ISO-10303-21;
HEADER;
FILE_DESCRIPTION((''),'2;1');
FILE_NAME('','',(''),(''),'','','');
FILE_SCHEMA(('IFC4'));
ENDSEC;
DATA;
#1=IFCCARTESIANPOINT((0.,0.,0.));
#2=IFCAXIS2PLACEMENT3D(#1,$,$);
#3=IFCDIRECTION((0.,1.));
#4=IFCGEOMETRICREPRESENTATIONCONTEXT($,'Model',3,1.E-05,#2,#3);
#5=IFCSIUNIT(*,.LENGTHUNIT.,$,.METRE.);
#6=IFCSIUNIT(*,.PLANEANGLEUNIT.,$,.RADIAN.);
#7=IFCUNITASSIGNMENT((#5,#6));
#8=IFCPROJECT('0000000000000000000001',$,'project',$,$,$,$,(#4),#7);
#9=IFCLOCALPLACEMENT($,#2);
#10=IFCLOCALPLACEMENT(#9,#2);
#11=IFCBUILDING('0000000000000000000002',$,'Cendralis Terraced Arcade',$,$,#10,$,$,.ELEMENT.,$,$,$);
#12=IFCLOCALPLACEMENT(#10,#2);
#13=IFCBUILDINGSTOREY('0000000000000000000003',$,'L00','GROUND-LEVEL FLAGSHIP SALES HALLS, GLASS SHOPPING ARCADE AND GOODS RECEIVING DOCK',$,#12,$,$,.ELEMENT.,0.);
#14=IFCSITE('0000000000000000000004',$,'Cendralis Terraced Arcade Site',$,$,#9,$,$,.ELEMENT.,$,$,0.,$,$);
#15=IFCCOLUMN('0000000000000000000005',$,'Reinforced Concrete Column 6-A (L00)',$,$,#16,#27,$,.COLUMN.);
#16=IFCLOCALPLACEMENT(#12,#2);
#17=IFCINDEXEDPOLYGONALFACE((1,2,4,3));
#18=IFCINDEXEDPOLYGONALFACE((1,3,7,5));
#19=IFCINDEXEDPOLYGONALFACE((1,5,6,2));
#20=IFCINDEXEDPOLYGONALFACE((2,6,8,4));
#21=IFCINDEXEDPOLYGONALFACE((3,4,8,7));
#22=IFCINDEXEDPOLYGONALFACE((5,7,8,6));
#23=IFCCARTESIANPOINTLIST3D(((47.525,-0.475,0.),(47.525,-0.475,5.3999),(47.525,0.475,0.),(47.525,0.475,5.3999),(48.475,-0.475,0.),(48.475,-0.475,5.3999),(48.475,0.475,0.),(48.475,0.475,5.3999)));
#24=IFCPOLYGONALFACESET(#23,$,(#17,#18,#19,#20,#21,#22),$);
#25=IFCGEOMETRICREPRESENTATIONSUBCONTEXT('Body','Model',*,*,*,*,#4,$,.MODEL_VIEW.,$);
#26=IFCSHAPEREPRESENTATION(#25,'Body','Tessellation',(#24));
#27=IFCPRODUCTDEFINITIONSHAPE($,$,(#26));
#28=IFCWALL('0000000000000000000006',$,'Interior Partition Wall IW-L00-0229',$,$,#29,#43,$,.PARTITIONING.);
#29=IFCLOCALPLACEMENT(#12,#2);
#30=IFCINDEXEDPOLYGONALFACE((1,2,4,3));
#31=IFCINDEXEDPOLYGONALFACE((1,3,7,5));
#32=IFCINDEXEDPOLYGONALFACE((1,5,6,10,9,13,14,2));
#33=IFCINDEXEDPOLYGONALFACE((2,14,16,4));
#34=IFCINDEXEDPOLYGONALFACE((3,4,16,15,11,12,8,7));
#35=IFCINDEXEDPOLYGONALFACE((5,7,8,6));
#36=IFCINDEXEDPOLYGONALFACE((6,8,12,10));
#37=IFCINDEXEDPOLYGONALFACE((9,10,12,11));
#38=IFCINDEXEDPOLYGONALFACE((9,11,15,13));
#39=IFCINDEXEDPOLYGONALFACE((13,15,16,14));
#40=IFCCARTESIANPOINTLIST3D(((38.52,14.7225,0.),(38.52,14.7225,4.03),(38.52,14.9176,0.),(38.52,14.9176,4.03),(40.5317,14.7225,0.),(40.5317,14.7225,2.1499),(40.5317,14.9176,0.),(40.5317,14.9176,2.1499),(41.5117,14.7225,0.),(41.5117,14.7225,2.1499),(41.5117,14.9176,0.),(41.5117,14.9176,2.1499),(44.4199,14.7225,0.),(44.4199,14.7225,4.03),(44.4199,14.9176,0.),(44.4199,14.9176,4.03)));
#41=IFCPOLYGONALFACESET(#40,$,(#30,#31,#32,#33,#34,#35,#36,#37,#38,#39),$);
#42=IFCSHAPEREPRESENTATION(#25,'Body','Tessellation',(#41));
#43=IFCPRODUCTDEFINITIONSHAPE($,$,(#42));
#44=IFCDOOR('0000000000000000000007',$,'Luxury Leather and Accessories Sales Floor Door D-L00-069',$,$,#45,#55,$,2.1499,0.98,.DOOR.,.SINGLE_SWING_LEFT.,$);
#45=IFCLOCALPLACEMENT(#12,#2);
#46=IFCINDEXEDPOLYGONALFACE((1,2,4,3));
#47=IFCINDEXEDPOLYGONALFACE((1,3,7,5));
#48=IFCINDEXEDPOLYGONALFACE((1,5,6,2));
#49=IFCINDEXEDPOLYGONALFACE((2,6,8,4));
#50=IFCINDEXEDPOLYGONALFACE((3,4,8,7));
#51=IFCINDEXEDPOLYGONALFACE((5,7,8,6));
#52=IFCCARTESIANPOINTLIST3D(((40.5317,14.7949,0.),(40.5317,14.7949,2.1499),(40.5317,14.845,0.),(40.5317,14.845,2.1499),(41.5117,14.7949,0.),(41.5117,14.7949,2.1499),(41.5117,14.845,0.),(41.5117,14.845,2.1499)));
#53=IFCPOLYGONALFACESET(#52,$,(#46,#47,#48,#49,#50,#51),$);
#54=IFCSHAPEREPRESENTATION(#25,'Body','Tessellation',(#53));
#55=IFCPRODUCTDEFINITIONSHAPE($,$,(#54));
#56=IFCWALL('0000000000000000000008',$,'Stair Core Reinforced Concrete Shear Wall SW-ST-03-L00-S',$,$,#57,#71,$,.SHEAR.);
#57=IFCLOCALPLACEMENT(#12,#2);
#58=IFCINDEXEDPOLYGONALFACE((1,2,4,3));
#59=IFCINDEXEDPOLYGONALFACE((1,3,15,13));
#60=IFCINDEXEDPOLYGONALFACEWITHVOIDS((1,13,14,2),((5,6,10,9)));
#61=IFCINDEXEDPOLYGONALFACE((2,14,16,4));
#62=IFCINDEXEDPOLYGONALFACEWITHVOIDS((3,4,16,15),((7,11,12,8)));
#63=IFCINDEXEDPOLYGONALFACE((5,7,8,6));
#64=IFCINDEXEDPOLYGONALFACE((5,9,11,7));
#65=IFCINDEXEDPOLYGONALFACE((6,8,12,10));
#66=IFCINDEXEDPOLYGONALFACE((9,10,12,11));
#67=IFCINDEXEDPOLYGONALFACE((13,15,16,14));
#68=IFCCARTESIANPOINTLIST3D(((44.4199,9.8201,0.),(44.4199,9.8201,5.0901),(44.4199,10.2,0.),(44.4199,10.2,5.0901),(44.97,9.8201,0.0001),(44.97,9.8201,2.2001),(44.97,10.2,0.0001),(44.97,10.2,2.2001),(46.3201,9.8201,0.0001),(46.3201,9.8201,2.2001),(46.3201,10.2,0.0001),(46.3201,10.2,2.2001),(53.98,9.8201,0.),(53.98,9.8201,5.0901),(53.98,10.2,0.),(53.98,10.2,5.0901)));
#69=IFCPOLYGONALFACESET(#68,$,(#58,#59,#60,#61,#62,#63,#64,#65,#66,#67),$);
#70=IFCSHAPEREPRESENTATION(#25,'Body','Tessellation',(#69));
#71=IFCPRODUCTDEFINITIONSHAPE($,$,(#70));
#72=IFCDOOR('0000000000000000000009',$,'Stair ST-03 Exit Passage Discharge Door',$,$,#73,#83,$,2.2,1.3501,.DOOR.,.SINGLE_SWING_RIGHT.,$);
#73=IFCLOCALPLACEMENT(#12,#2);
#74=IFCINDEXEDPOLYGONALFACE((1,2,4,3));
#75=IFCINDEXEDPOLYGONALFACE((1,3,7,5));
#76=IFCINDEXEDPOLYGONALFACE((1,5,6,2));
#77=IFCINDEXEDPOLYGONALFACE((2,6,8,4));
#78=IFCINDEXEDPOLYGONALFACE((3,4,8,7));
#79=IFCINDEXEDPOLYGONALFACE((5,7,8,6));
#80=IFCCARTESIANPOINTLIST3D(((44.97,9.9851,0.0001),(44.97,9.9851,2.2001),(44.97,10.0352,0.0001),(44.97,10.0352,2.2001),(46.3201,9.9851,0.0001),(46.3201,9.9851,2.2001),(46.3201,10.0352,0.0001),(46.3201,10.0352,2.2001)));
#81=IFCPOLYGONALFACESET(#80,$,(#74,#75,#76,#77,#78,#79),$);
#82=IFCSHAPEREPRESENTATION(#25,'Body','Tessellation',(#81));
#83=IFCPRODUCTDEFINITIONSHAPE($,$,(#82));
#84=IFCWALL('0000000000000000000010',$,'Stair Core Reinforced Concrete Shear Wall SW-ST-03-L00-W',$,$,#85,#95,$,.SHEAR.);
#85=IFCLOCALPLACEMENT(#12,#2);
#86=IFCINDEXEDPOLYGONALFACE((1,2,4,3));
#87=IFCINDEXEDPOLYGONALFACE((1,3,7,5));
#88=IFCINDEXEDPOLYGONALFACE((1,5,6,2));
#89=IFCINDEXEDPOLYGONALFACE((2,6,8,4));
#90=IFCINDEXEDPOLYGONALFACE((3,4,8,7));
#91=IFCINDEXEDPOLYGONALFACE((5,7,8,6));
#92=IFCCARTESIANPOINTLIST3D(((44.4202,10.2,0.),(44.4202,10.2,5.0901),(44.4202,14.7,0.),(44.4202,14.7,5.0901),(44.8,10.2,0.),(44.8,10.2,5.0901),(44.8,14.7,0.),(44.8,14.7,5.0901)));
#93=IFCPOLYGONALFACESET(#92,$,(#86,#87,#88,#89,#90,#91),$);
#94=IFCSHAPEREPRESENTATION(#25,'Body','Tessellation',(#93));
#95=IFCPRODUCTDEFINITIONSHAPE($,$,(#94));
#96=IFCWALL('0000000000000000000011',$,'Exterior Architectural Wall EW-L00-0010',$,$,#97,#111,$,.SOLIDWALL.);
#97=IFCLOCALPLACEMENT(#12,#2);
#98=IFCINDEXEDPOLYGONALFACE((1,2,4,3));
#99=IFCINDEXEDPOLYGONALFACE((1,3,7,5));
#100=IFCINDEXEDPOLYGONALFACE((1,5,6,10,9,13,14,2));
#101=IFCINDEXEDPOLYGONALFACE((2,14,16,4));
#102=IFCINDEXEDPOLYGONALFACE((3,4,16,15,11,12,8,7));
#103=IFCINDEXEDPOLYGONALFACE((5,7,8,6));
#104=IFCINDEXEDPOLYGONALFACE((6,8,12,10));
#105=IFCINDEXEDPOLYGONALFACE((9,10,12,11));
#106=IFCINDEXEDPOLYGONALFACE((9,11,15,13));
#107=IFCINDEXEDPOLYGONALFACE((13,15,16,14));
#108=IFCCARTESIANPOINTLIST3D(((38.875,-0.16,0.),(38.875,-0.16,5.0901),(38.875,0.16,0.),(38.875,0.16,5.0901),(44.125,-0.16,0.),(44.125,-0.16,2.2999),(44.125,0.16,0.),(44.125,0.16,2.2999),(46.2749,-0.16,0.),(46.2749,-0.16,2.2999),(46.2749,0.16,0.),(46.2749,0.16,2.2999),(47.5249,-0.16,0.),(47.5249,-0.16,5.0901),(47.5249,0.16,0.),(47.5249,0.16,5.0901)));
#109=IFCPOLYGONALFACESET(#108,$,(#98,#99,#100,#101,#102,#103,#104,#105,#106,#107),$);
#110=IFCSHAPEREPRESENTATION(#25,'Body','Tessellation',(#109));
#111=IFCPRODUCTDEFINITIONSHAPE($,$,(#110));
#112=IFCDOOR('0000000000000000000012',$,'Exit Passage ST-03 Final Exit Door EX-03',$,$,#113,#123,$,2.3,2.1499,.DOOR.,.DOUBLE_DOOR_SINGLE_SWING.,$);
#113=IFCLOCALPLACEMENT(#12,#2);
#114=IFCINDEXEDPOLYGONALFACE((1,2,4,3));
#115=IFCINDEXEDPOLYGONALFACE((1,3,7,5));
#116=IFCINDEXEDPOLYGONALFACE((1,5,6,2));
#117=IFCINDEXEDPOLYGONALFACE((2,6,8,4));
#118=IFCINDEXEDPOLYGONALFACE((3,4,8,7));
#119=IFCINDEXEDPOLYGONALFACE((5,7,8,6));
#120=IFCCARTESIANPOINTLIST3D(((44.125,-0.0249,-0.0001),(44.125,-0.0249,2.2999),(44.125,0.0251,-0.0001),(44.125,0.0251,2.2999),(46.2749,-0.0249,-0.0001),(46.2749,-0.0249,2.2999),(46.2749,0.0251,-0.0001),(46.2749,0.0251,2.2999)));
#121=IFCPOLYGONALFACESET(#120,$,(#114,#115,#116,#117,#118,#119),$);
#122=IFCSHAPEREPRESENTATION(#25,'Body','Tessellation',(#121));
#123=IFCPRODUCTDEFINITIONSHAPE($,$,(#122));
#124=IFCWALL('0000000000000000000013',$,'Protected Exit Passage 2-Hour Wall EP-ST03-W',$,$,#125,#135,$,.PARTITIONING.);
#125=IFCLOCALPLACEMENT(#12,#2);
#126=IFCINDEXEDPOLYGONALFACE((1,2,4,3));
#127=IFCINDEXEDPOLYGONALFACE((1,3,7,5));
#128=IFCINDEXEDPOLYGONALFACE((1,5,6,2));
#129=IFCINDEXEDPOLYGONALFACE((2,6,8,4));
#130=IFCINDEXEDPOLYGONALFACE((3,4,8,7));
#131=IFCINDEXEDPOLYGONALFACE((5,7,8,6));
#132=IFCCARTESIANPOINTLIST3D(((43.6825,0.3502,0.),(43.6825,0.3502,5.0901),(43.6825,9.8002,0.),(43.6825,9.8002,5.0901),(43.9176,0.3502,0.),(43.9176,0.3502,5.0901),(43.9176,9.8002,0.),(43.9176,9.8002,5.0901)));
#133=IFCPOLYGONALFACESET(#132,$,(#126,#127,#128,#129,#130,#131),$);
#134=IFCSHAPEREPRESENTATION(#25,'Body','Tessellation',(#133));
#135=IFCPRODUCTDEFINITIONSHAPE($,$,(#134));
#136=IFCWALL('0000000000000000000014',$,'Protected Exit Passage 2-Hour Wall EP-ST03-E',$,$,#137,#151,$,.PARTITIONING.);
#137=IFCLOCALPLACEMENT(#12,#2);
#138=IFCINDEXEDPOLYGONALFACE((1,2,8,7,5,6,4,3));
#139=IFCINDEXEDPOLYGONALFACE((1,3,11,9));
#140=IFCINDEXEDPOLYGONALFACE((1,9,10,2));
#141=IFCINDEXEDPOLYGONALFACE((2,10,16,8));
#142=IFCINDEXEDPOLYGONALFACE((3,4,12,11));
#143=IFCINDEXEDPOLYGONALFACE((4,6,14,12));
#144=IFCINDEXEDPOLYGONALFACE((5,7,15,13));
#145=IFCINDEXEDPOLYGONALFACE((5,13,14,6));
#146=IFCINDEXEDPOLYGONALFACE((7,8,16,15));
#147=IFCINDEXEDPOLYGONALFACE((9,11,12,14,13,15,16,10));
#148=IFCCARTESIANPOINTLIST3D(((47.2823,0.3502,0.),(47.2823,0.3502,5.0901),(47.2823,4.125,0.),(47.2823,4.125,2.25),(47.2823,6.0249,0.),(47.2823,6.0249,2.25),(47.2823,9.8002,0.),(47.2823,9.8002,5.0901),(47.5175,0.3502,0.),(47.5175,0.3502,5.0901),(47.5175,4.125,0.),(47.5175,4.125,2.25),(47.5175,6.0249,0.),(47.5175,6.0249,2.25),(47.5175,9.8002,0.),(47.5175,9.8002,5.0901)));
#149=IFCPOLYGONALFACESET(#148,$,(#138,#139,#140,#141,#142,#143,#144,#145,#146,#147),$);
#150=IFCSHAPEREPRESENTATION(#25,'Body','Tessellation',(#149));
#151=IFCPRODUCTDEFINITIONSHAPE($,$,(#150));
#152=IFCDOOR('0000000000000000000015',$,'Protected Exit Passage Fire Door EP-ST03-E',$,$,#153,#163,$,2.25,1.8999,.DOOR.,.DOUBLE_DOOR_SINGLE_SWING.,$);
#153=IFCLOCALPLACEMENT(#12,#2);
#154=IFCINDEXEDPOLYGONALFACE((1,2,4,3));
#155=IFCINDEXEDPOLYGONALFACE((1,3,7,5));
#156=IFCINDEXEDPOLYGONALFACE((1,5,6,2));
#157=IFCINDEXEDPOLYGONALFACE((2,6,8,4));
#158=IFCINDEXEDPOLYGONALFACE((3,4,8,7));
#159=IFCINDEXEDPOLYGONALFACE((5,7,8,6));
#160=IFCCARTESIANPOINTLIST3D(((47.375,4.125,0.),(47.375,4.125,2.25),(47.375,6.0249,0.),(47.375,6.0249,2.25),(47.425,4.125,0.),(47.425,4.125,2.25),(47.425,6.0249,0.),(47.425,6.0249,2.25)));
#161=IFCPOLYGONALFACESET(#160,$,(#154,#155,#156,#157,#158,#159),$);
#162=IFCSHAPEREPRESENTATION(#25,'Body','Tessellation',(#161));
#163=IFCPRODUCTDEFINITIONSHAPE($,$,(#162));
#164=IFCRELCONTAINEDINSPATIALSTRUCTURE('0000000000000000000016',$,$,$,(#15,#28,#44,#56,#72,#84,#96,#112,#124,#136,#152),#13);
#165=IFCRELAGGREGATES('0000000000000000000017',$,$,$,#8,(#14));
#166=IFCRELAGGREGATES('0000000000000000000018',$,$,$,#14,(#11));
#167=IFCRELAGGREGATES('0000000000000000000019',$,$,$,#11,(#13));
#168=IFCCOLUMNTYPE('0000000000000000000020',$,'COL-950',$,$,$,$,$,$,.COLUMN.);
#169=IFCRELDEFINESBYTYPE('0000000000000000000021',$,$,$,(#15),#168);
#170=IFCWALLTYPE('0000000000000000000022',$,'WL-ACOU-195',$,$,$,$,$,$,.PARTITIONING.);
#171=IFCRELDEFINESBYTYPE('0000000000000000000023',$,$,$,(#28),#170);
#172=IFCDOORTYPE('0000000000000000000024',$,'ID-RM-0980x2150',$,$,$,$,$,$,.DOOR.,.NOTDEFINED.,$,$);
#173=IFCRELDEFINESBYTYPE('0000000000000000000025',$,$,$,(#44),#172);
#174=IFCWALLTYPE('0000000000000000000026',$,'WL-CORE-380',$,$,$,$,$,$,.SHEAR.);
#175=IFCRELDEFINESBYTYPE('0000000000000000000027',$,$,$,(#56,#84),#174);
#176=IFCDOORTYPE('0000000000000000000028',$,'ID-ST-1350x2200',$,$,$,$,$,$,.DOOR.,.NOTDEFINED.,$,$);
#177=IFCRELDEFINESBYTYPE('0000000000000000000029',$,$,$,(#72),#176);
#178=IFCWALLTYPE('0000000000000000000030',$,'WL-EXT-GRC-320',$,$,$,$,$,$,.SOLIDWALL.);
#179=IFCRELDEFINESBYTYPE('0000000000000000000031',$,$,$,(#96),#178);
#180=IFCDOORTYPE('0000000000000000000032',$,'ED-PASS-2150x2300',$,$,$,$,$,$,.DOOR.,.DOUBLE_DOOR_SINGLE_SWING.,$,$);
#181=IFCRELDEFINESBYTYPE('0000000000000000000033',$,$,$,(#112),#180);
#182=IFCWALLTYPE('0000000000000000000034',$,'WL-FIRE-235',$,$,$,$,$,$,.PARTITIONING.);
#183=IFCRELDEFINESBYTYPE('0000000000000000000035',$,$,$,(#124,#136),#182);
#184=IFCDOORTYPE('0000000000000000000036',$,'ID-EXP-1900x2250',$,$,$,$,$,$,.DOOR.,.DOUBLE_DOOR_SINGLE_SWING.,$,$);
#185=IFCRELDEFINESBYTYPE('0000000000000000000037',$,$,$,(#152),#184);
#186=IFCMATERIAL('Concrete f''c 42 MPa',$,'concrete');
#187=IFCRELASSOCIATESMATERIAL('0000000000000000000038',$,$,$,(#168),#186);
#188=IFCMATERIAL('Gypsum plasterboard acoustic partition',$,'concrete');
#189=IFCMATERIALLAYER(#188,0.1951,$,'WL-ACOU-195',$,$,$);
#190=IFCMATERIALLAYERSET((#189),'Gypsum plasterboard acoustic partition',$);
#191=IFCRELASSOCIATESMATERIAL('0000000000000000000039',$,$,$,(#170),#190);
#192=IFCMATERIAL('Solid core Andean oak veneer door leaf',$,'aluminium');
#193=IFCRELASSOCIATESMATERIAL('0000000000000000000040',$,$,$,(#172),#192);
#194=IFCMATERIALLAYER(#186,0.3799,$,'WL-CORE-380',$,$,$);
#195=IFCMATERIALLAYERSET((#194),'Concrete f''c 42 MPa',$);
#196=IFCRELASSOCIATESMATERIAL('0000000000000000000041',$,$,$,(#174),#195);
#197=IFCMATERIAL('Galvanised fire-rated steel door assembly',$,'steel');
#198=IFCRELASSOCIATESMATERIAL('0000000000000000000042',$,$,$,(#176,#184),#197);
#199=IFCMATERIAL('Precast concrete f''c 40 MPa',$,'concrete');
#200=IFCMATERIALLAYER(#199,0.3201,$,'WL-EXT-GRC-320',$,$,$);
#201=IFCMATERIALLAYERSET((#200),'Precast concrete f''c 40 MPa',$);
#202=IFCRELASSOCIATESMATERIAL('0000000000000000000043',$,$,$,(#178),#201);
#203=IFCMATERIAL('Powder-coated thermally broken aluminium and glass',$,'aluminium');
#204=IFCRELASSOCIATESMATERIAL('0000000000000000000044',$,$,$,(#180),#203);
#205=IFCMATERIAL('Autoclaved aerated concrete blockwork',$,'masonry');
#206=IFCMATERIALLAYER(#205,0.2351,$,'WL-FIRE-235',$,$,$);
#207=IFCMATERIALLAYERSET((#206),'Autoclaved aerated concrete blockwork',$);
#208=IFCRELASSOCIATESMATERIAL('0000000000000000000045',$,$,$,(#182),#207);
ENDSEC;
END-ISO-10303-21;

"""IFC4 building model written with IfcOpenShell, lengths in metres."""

from ifc_helpers import new_model, si_unit, direction, frame, frame_2d, origin, origin_2d, place, context, subcontext, project, spatial, rectangle, extrude, material, layer, layer_set, material_profile, profile_set, type_object, element, fill, save


model = new_model("IFC4")

# Units and contexts
model_context = context("Model", 3, precision=1e-05, world=origin(), true_north=direction((0.0, 1.0)))
body_context = subcontext(model_context, "Body", "Model", "MODEL_VIEW")
ifc_project = project(units=[si_unit("LENGTHUNIT", "METRE"), si_unit("PLANEANGLEUNIT", "RADIAN")], contexts=[model_context])

# Site, building, storey
site_placement = place(None, origin())
site = spatial("IfcSite", under=ifc_project, at=site_placement, Name="Cendralis Terraced Arcade Site", CompositionType="ELEMENT", RefElevation=0.0)
building_placement = place(site_placement, origin())
building = spatial("IfcBuilding", under=site, at=building_placement, Name="Cendralis Terraced Arcade", CompositionType="ELEMENT")
storey_placement = place(building_placement, origin())
storey = spatial("IfcBuildingStorey", under=building, at=storey_placement, Name="L00", Description="GROUND-LEVEL FLAGSHIP SALES HALLS, GLASS SHOPPING ARCADE AND GOODS RECEIVING DOCK", CompositionType="ELEMENT", Elevation=0.0)

# Column
ifc_material_1 = material(Name="Concrete f'c 42 MPa", Category="concrete")
ifc_material_profile = material_profile(ifc_material_1, rectangle(XDim=0.95, YDim=0.95, at=origin_2d()), Name="RC-COL-950x950", Category="LoadBearing")
ifc_profile_set = profile_set([ifc_material_profile], Name="Concrete f'c 42 MPa")
column_type = type_object("IfcColumnType", Name="COL-950", PredefinedType="COLUMN", material=ifc_profile_set)
column_placement = place(storey_placement, frame((48.0, 0.0, 0.0), z_axis=(0.0, 0.0, 1.0), x_axis=(1.0, 0.0, 0.0)))
element("IfcColumn", 1, at=column_placement, inside=storey, type_object=column_type, Name="Reinforced Concrete Column 6-A (L00)", PredefinedType="COLUMN", context=body_context, shape_type="SweptSolid", body=[
    extrude(rectangle(XDim=0.95, YDim=0.95, at=origin_2d()), origin(), (0.0, 0.0, 1.0), 5.3999),
])

# Walls, openings, doors
ifc_material_2 = material(Name="Gypsum plasterboard acoustic partition", Category="concrete")
ifc_layer_1 = layer(ifc_material_2, 0.1951, Name="WL-ACOU-195")
ifc_layer_set_1 = layer_set([ifc_layer_1], Name="Gypsum plasterboard acoustic partition")
wall_type_1 = type_object("IfcWallType", Name="WL-ACOU-195", PredefinedType="PARTITIONING", material=ifc_layer_set_1)
wall_1_placement = place(storey_placement, frame((38.52, 14.8201, 0.0), z_axis=(0.0, 0.0, 1.0), x_axis=(1.0, 0.0, 0.0)))
wall_1 = element("IfcWall", 2, at=wall_1_placement, inside=storey, type_object=wall_type_1, Name="Interior Partition Wall IW-L00-0229", PredefinedType="PARTITIONING", context=body_context, shape_type="SweptSolid", body=[
    extrude(rectangle(XDim=5.8999, YDim=0.1951, at=frame_2d((2.95, 0.0))), origin(), (0.0, 0.0, 1.0), 4.03),
])
opening_1_placement = place(wall_1_placement, frame((2.0117, 0.0, 0.0)))
opening_1 = element("IfcOpeningElement", 3, at=opening_1_placement, cuts=wall_1, PredefinedType="OPENING", context=body_context, shape_type="SweptSolid", body=[
    extrude(rectangle(XDim=0.98, YDim=2.1499, at=frame_2d((0.49, 1.075))), frame((0.0, 0.1094, 0.0), z_axis=(0.0, -1.0, 0.0), x_axis=(1.0, 0.0, 0.0)), (0.0, 0.0, 1.0), 0.219),
])
ifc_material_3 = material(Name="Solid core Andean oak veneer door leaf", Category="aluminium")
door_type_1 = type_object("IfcDoorType", Name="ID-RM-0980x2150", OperationType="NOTDEFINED", PredefinedType="DOOR", material=ifc_material_3)
door_1_placement = place(opening_1_placement, origin())
door_1 = element("IfcDoor", 4, at=door_1_placement, inside=storey, type_object=door_type_1, Name="Luxury Leather and Accessories Sales Floor Door D-L00-069", OperationType="SINGLE_SWING_LEFT", OverallHeight=2.1499, OverallWidth=0.98, PredefinedType="DOOR", context=body_context, shape_type="SweptSolid", body=[
    extrude(rectangle(XDim=0.98, YDim=2.1499, at=frame_2d((0.49, 1.075))), frame((0.0, 0.0249, 0.0), z_axis=(0.0, -1.0, 0.0), x_axis=(1.0, 0.0, 0.0)), (0.0, 0.0, 1.0), 0.05),
])
fill(opening_1, door_1)
ifc_layer_2 = layer(ifc_material_1, 0.3799, Name="WL-CORE-380")
ifc_layer_set_2 = layer_set([ifc_layer_2], Name="Concrete f'c 42 MPa")
wall_type_2 = type_object("IfcWallType", Name="WL-CORE-380", PredefinedType="SHEAR", material=ifc_layer_set_2)
wall_2_placement = place(storey_placement, frame((44.4199, 10.01, 0.0), z_axis=(0.0, 0.0, 1.0), x_axis=(1.0, 0.0, 0.0)))
wall_2 = element("IfcWall", 5, at=wall_2_placement, inside=storey, type_object=wall_type_2, Name="Stair Core Reinforced Concrete Shear Wall SW-ST-03-L00-S", PredefinedType="SHEAR", context=body_context, shape_type="SweptSolid", body=[
    extrude(rectangle(XDim=9.5601, YDim=0.3799, at=frame_2d((4.78, 0.0))), origin(), (0.0, 0.0, 1.0), 5.0901),
])
opening_2_placement = place(wall_2_placement, frame((0.55, 0.0, 0.0)))
opening_2 = element("IfcOpeningElement", 6, at=opening_2_placement, cuts=wall_2, PredefinedType="OPENING", context=body_context, shape_type="SweptSolid", body=[
    extrude(rectangle(XDim=1.3501, YDim=2.2, at=frame_2d((0.675, 1.1001))), frame((0.0, 0.2019, 0.0), z_axis=(0.0, -1.0, 0.0), x_axis=(1.0, 0.0, 0.0)), (0.0, 0.0, 1.0), 0.4038),
])
ifc_material_4 = material(Name="Galvanised fire-rated steel door assembly", Category="steel")
door_type_2 = type_object("IfcDoorType", Name="ID-ST-1350x2200", OperationType="NOTDEFINED", PredefinedType="DOOR", material=ifc_material_4)
door_2_placement = place(opening_2_placement, frame((1.3501, 0.0, 0.0), z_axis=(0.0, 0.0, 1.0), x_axis=(-1.0, 0.0, 0.0)))
door_2 = element("IfcDoor", 7, at=door_2_placement, inside=storey, type_object=door_type_2, Name="Stair ST-03 Exit Passage Discharge Door", OperationType="SINGLE_SWING_RIGHT", OverallHeight=2.2, OverallWidth=1.3501, PredefinedType="DOOR", context=body_context, shape_type="SweptSolid", body=[
    extrude(rectangle(XDim=1.3501, YDim=2.2, at=frame_2d((0.675, 1.1001))), frame((0.0, 0.0249, 0.0), z_axis=(0.0, -1.0, 0.0), x_axis=(1.0, 0.0, 0.0)), (0.0, 0.0, 1.0), 0.05),
])
fill(opening_2, door_2)

# Wall
wall_3_placement = place(storey_placement, frame((44.6101, 10.2, 0.0), z_axis=(0.0, 0.0, 1.0), x_axis=(0.0, 1.0, 0.0)))
element("IfcWall", 8, at=wall_3_placement, inside=storey, type_object=wall_type_2, Name="Stair Core Reinforced Concrete Shear Wall SW-ST-03-L00-W", PredefinedType="SHEAR", context=body_context, shape_type="SweptSolid", body=[
    extrude(rectangle(XDim=4.5, YDim=0.3799, at=frame_2d((2.25, 0.0))), origin(), (0.0, 0.0, 1.0), 5.0901),
])

# Wall, opening, door
ifc_material_5 = material(Name="Precast concrete f'c 40 MPa", Category="concrete")
ifc_layer_3 = layer(ifc_material_5, 0.3201, Name="WL-EXT-GRC-320")
ifc_layer_set_3 = layer_set([ifc_layer_3], Name="Precast concrete f'c 40 MPa")
wall_type_3 = type_object("IfcWallType", Name="WL-EXT-GRC-320", PredefinedType="SOLIDWALL", material=ifc_layer_set_3)
wall_4_placement = place(storey_placement, frame((47.5249, 0.0, 0.0), z_axis=(0.0, 0.0, 1.0), x_axis=(-1.0, 0.0, 0.0)))
wall_4 = element("IfcWall", 9, at=wall_4_placement, inside=storey, type_object=wall_type_3, Name="Exterior Architectural Wall EW-L00-0010", PredefinedType="SOLIDWALL", context=body_context, shape_type="SweptSolid", body=[
    extrude(rectangle(XDim=8.6499, YDim=0.3201, at=frame_2d((4.325, 0.0))), origin(), (0.0, 0.0, 1.0), 5.0901),
])
opening_3_placement = place(wall_4_placement, frame((1.25, 0.0, 0.0)))
opening_3 = element("IfcOpeningElement", 10, at=opening_3_placement, cuts=wall_4, PredefinedType="OPENING", context=body_context, shape_type="SweptSolid", body=[
    extrude(rectangle(XDim=2.1499, YDim=2.3, at=frame_2d((1.075, 1.1499))), frame((0.0, 0.1719, 0.0), z_axis=(0.0, -1.0, 0.0), x_axis=(1.0, 0.0, 0.0)), (0.0, 0.0, 1.0), 0.344),
])
ifc_material_6 = material(Name="Powder-coated thermally broken aluminium and glass", Category="aluminium")
door_type_3 = type_object("IfcDoorType", Name="ED-PASS-2150x2300", OperationType="DOUBLE_DOOR_SINGLE_SWING", PredefinedType="DOOR", material=ifc_material_6)
door_3_placement = place(opening_3_placement, origin())
door_3 = element("IfcDoor", 11, at=door_3_placement, inside=storey, type_object=door_type_3, Name="Exit Passage ST-03 Final Exit Door EX-03", OperationType="DOUBLE_DOOR_SINGLE_SWING", OverallHeight=2.3, OverallWidth=2.1499, PredefinedType="DOOR", context=body_context, shape_type="SweptSolid", body=[
    extrude(rectangle(XDim=2.1499, YDim=2.3, at=frame_2d((1.075, 1.1499))), frame((0.0, 0.0249, 0.0), z_axis=(0.0, -1.0, 0.0), x_axis=(1.0, 0.0, 0.0)), (0.0, 0.0, 1.0), 0.05),
])
fill(opening_3, door_3)

# Wall
ifc_material_7 = material(Name="Autoclaved aerated concrete blockwork", Category="masonry")
ifc_layer_4 = layer(ifc_material_7, 0.2351, Name="WL-FIRE-235")
ifc_layer_set_4 = layer_set([ifc_layer_4], Name="Autoclaved aerated concrete blockwork")
wall_type_4 = type_object("IfcWallType", Name="WL-FIRE-235", PredefinedType="PARTITIONING", material=ifc_layer_set_4)
wall_5_placement = place(storey_placement, frame((43.8, 0.3501, 0.0), z_axis=(0.0, 0.0, 1.0), x_axis=(0.0, 1.0, 0.0)))
element("IfcWall", 12, at=wall_5_placement, inside=storey, type_object=wall_type_4, Name="Protected Exit Passage 2-Hour Wall EP-ST03-W", PredefinedType="PARTITIONING", context=body_context, shape_type="SweptSolid", body=[
    extrude(rectangle(XDim=9.45, YDim=0.2351, at=frame_2d((4.7251, 0.0))), origin(), (0.0, 0.0, 1.0), 5.0901),
])

# Wall, opening, door
wall_6_placement = place(storey_placement, frame((47.3999, 0.3501, 0.0), z_axis=(0.0, 0.0, 1.0), x_axis=(0.0, 1.0, 0.0)))
wall_6 = element("IfcWall", 13, at=wall_6_placement, inside=storey, type_object=wall_type_4, Name="Protected Exit Passage 2-Hour Wall EP-ST03-E", PredefinedType="PARTITIONING", context=body_context, shape_type="SweptSolid", body=[
    extrude(rectangle(XDim=9.45, YDim=0.2351, at=frame_2d((4.7251, 0.0))), origin(), (0.0, 0.0, 1.0), 5.0901),
])
opening_4_placement = place(wall_6_placement, frame((3.7749, 0.0, 0.0)))
opening_4 = element("IfcOpeningElement", 14, at=opening_4_placement, cuts=wall_6, PredefinedType="OPENING", context=body_context, shape_type="SweptSolid", body=[
    extrude(rectangle(XDim=1.8999, YDim=2.25, at=frame_2d((0.95, 1.125))), frame((0.0, 0.1294, 0.0), z_axis=(0.0, -1.0, 0.0), x_axis=(1.0, 0.0, 0.0)), (0.0, 0.0, 1.0), 0.259),
])
door_type_4 = type_object("IfcDoorType", Name="ID-EXP-1900x2250", OperationType="DOUBLE_DOOR_SINGLE_SWING", PredefinedType="DOOR", material=ifc_material_4)
door_4_placement = place(opening_4_placement, origin())
door_4 = element("IfcDoor", 15, at=door_4_placement, inside=storey, type_object=door_type_4, Name="Protected Exit Passage Fire Door EP-ST03-E", OperationType="DOUBLE_DOOR_SINGLE_SWING", OverallHeight=2.25, OverallWidth=1.8999, PredefinedType="DOOR", context=body_context, shape_type="SweptSolid", body=[
    extrude(rectangle(XDim=1.8999, YDim=2.25, at=frame_2d((0.95, 1.125))), frame((0.0, 0.0249, 0.0), z_axis=(0.0, -1.0, 0.0), x_axis=(1.0, 0.0, 0.0)), (0.0, 0.0, 1.0), 0.05),
])
fill(opening_4, door_4)

save(model, "model.ifc")
